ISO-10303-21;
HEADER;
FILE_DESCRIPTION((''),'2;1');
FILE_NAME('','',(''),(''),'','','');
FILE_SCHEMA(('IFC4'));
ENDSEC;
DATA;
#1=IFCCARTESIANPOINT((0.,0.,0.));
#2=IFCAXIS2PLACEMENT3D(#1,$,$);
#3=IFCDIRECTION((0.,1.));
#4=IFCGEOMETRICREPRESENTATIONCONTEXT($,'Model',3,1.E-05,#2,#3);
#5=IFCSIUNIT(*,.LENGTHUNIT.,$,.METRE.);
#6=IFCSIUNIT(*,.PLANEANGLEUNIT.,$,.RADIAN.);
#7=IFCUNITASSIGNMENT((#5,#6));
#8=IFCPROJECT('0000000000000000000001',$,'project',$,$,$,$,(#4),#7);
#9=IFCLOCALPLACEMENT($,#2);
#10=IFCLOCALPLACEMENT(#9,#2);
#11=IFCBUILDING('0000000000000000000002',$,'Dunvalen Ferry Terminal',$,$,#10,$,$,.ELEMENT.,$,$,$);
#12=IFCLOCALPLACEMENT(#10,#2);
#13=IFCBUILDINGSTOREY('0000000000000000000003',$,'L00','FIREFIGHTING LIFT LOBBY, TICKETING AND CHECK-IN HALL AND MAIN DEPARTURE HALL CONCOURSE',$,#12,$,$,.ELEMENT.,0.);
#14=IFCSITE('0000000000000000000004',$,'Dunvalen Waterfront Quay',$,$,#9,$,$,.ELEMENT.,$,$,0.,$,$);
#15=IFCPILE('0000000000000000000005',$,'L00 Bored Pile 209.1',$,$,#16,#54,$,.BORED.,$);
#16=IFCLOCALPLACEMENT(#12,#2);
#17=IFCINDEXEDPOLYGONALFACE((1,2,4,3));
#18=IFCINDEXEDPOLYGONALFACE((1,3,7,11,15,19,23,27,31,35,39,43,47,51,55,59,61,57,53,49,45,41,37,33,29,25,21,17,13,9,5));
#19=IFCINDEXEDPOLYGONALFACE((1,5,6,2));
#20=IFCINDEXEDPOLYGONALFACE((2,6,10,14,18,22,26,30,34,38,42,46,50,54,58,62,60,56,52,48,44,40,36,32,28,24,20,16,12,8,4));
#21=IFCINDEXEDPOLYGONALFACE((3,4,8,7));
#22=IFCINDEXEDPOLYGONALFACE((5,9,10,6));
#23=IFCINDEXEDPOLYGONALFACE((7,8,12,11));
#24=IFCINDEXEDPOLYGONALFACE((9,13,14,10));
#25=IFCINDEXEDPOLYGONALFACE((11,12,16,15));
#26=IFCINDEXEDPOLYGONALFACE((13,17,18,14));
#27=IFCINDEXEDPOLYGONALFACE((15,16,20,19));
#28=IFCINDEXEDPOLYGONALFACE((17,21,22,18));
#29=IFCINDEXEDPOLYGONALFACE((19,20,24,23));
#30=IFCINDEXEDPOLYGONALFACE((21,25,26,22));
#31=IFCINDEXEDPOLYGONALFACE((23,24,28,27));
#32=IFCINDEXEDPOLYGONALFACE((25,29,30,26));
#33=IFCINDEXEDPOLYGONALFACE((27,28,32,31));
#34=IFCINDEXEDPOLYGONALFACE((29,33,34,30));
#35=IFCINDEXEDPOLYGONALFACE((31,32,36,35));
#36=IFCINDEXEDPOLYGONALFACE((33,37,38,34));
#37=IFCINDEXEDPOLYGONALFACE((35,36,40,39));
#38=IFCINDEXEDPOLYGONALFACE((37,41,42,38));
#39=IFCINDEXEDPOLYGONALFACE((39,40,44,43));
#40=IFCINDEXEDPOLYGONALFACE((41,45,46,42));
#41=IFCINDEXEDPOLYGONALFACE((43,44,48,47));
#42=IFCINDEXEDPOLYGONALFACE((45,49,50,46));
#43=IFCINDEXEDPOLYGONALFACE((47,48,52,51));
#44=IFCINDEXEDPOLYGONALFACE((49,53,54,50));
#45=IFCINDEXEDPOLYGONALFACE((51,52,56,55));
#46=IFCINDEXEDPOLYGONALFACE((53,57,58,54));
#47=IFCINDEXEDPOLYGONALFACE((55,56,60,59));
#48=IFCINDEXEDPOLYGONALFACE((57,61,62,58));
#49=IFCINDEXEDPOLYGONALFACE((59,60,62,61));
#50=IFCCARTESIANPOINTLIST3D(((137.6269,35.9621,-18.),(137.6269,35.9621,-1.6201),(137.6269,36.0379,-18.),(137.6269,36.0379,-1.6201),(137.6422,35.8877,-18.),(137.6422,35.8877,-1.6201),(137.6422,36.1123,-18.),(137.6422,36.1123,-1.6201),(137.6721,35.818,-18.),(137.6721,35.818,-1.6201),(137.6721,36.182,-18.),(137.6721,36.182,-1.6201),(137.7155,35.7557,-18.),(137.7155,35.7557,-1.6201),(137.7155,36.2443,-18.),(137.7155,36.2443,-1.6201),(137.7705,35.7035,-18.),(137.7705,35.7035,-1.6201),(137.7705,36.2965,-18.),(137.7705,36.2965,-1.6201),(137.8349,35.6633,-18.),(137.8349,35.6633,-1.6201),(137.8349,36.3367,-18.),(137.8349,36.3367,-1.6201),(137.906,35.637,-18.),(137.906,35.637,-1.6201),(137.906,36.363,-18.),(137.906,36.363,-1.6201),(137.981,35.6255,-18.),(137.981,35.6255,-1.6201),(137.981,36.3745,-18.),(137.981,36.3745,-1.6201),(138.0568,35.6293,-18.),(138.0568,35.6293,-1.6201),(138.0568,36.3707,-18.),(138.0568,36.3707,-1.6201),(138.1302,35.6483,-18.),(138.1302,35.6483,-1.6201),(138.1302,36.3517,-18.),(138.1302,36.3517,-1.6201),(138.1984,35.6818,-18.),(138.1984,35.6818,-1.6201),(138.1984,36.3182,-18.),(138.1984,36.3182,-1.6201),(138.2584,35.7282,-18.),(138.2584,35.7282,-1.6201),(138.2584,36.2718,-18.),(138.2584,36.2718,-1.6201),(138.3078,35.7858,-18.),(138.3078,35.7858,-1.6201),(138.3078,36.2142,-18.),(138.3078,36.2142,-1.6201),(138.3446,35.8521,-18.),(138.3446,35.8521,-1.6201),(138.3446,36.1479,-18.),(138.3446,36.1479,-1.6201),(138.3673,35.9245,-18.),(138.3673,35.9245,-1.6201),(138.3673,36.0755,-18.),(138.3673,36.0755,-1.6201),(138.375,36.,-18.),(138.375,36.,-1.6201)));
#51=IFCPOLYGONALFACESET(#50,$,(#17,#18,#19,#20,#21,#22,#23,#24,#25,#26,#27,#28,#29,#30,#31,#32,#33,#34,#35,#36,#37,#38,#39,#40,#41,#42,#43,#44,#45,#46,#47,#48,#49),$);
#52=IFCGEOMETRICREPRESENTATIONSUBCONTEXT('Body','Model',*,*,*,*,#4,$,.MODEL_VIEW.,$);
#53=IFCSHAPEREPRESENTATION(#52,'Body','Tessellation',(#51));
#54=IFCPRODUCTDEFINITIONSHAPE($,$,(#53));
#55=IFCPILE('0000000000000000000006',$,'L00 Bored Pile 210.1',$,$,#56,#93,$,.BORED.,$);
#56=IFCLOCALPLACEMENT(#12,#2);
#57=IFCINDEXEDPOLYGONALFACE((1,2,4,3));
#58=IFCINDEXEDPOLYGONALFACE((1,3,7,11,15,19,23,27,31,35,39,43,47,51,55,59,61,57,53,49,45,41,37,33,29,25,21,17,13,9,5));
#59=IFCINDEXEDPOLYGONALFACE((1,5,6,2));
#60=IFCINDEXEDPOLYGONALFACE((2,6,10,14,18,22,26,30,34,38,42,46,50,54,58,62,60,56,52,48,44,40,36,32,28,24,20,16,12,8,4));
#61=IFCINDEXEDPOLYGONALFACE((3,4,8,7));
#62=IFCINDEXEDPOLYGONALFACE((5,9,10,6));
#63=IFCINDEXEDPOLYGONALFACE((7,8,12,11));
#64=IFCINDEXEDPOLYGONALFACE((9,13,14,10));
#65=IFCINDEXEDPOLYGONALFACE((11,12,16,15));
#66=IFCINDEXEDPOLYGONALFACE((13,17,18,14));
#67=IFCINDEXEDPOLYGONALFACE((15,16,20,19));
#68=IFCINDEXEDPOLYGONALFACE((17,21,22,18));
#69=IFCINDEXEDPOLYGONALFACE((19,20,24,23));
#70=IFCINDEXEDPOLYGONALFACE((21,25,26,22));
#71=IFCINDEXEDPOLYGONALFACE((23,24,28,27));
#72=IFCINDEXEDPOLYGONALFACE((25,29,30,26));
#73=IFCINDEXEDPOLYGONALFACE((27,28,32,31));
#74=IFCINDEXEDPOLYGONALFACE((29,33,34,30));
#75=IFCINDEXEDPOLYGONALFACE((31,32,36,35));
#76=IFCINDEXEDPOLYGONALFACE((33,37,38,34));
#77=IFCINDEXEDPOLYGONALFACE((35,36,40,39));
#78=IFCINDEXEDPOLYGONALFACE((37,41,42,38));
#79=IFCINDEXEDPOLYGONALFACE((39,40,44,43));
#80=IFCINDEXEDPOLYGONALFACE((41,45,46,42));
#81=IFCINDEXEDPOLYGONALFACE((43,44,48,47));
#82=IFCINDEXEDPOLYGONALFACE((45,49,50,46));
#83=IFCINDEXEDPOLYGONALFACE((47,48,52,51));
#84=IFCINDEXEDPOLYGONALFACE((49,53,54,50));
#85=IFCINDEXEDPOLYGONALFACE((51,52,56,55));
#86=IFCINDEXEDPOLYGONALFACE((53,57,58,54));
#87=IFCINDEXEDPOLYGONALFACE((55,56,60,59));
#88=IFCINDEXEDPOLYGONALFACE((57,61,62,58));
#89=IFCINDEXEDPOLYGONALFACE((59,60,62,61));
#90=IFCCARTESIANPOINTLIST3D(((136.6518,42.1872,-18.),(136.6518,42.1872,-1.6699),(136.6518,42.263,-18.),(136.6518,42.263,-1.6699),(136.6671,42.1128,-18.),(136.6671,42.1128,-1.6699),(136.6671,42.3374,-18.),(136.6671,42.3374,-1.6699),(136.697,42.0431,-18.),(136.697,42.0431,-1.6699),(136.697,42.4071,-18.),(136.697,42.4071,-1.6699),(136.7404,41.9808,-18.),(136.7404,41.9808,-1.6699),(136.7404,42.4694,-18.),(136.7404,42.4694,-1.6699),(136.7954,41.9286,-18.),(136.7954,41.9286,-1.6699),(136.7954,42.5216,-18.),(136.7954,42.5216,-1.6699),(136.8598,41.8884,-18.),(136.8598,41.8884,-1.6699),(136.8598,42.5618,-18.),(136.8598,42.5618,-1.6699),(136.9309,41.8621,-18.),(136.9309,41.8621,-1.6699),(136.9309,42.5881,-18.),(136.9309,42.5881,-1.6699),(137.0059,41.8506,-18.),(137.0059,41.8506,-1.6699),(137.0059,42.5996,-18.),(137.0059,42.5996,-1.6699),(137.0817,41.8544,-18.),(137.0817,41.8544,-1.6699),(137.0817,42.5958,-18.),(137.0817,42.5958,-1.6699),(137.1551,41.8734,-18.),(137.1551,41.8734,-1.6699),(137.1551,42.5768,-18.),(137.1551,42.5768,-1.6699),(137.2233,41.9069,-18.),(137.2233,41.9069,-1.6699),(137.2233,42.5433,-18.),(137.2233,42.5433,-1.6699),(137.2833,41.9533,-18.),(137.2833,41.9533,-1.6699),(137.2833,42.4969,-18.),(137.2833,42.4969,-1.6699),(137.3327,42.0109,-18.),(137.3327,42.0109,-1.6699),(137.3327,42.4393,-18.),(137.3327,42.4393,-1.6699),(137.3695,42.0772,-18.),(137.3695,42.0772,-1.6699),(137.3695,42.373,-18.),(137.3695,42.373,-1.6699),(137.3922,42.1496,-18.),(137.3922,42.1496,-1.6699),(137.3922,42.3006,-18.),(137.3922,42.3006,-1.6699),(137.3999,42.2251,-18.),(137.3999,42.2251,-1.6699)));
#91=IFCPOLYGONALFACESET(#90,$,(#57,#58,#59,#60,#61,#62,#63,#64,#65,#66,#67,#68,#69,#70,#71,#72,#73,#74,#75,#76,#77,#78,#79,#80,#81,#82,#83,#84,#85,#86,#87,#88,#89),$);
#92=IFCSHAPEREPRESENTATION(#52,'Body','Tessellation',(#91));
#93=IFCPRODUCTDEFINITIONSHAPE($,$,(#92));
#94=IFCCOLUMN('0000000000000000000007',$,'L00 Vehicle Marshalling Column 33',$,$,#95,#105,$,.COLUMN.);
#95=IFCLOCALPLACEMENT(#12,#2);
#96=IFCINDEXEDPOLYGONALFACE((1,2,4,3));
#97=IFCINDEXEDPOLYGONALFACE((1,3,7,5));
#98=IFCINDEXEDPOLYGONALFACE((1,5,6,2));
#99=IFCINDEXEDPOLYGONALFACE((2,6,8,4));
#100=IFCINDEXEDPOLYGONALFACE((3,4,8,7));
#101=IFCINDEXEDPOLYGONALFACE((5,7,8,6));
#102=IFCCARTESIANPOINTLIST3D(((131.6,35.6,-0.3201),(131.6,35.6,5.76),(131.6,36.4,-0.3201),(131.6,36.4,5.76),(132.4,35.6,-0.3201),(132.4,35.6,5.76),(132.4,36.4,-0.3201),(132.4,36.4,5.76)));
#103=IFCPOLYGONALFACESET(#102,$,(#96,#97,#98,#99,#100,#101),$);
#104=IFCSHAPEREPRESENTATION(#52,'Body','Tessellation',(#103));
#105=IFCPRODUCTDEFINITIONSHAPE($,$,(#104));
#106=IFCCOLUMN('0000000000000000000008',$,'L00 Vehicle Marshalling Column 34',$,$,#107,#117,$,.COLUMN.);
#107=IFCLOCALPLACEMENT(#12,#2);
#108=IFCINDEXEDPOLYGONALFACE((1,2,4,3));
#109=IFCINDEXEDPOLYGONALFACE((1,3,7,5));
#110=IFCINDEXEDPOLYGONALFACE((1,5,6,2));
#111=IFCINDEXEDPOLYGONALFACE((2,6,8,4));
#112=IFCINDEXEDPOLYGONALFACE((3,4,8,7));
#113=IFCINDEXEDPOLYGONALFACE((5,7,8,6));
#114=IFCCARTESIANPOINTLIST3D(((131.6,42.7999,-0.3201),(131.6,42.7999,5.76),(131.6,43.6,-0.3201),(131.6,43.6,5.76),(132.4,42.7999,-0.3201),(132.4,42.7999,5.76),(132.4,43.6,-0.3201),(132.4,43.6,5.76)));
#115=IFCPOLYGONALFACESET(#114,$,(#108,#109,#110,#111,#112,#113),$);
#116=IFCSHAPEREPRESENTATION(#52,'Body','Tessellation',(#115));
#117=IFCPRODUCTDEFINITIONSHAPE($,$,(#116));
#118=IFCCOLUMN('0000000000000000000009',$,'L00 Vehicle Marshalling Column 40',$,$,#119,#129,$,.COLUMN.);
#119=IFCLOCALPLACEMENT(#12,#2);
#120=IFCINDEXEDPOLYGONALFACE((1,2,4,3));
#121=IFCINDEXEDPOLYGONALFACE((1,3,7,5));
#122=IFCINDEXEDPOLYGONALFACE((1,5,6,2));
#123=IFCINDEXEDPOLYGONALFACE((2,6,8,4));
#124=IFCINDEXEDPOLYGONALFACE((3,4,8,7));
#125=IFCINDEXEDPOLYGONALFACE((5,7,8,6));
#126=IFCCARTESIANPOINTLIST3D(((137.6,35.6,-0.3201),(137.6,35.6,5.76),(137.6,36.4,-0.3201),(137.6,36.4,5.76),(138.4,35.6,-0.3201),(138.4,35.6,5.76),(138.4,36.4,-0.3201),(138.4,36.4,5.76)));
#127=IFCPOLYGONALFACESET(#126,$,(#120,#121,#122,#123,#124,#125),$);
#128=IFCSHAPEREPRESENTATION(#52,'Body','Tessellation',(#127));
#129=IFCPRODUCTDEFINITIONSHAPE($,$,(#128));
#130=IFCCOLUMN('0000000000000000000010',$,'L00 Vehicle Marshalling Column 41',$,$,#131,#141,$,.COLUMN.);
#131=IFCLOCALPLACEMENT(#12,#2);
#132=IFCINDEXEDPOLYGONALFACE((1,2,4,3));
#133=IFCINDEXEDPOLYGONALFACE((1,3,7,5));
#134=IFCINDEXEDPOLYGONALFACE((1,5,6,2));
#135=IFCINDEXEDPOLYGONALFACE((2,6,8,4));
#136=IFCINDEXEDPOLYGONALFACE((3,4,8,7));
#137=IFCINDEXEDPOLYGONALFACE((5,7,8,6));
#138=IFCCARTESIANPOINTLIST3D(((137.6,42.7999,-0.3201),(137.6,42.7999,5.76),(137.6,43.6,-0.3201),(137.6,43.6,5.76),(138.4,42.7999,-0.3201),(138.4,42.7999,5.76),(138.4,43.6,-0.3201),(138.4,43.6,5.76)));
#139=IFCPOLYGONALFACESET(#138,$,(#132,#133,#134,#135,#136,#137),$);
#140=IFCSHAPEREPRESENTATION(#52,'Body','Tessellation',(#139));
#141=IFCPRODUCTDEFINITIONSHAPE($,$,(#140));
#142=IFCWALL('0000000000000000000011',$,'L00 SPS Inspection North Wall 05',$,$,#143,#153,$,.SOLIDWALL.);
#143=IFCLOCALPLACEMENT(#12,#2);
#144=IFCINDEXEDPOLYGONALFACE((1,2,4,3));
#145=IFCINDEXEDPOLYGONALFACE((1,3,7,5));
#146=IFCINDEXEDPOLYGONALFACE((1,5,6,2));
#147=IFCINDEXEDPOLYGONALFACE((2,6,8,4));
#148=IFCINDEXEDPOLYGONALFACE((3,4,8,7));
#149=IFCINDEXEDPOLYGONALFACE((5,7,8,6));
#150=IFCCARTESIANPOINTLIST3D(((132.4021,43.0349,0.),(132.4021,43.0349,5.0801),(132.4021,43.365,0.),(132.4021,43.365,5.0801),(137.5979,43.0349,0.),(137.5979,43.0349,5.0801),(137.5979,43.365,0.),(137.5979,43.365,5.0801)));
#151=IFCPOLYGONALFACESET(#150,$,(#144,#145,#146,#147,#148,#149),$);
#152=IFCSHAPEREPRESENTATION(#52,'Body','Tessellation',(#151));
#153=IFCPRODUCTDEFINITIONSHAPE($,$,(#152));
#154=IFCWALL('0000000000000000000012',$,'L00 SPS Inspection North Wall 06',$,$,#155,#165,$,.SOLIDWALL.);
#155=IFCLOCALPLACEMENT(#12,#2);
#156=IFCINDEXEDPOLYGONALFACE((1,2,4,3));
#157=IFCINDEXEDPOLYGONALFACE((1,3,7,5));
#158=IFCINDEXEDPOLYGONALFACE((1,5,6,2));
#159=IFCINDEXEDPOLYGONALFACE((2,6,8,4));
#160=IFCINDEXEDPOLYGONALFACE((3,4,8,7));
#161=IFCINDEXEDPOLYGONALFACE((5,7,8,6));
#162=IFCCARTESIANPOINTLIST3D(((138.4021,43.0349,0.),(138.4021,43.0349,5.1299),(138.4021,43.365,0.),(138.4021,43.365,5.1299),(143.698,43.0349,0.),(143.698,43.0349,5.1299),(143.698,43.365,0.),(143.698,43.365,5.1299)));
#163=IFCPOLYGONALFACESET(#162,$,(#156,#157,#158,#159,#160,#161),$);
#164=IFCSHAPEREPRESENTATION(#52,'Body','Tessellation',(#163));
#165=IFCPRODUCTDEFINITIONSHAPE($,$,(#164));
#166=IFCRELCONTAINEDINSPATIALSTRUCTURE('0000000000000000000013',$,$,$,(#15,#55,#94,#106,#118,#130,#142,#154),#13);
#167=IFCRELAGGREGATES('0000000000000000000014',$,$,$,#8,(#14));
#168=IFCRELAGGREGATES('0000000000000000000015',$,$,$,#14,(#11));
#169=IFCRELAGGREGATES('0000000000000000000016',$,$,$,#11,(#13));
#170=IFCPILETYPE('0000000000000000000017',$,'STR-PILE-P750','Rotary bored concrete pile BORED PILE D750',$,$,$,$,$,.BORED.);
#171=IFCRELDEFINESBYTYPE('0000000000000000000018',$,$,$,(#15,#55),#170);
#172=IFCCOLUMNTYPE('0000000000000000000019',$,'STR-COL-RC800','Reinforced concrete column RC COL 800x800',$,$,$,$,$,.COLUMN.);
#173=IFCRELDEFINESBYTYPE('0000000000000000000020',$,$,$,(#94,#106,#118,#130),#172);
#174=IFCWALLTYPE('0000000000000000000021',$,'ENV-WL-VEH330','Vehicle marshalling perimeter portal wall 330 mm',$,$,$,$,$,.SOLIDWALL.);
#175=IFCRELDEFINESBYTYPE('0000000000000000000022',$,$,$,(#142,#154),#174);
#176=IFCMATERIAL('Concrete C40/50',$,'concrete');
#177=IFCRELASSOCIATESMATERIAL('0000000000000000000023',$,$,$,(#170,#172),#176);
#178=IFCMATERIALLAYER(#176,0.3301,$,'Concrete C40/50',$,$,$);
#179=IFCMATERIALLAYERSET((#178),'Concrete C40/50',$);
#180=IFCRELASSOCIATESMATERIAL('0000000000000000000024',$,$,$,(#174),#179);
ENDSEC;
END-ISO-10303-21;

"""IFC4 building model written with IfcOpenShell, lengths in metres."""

from ifc_helpers import new_model, si_unit, direction, frame, frame_2d, origin, origin_2d, place, context, subcontext, project, spatial, rectangle, circle, extrude, material, layer, layer_set, material_profile, profile_set, type_object, element, save


model = new_model("IFC4")

# Units and contexts
model_context = context("Model", 3, precision=1e-05, world=origin(), true_north=direction((0.0, 1.0)))
body_context = subcontext(model_context, "Body", "Model", "MODEL_VIEW")
ifc_project = project(units=[si_unit("LENGTHUNIT", "METRE"), si_unit("PLANEANGLEUNIT", "RADIAN")], contexts=[model_context])

# Site, building, storey
site_placement = place(None, origin())
site = spatial("IfcSite", under=ifc_project, at=site_placement, Name="Dunvalen Waterfront Quay", CompositionType="ELEMENT", RefElevation=0.0)
building_placement = place(site_placement, origin())
building = spatial("IfcBuilding", under=site, at=building_placement, Name="Dunvalen Ferry Terminal", CompositionType="ELEMENT")
storey_placement = place(building_placement, origin())
storey = spatial("IfcBuildingStorey", under=building, at=storey_placement, Name="L00", Description="FIREFIGHTING LIFT LOBBY, TICKETING AND CHECK-IN HALL AND MAIN DEPARTURE HALL CONCOURSE", CompositionType="ELEMENT", Elevation=0.0)

# Shared definitions
ifc_material = material(Name="Concrete C40/50", Category="concrete")

# Piles
ifc_material_profile_1 = material_profile(ifc_material, circle(Radius=0.375, at=origin_2d()), Name="Concrete C40/50")
ifc_profile_set_1 = profile_set([ifc_material_profile_1], Name="Concrete C40/50")
pile_type = type_object("IfcPileType", Name="STR-PILE-P750", Description="Rotary bored concrete pile BORED PILE D750", PredefinedType="BORED", material=ifc_profile_set_1)
pile_1_placement = place(storey_placement, frame((138.0, 36.0, -1.6201), z_axis=(0.0, 0.0, -1.0), x_axis=(1.0, 0.0, 0.0)))
element("IfcPile", 1, at=pile_1_placement, inside=storey, type_object=pile_type, Name="L00 Bored Pile 209.1", PredefinedType="BORED", context=body_context, shape_type="SweptSolid", body=[
    extrude(circle(Radius=0.375, at=origin_2d()), origin(), (0.0, 0.0, 1.0), 16.3799),
])
pile_2_placement = place(storey_placement, frame((137.0249, 42.2251, -1.6699), z_axis=(0.0, 0.0, -1.0), x_axis=(1.0, 0.0, 0.0)))
element("IfcPile", 2, at=pile_2_placement, inside=storey, type_object=pile_type, Name="L00 Bored Pile 210.1", PredefinedType="BORED", context=body_context, shape_type="SweptSolid", body=[
    extrude(circle(Radius=0.375, at=origin_2d()), origin(), (0.0, 0.0, 1.0), 16.3301),
])

# Columns
ifc_material_profile_2 = material_profile(ifc_material, rectangle(XDim=0.8, YDim=0.8, at=origin_2d()), Name="Concrete C40/50")
ifc_profile_set_2 = profile_set([ifc_material_profile_2], Name="Concrete C40/50")
column_type = type_object("IfcColumnType", Name="STR-COL-RC800", Description="Reinforced concrete column RC COL 800x800", PredefinedType="COLUMN", material=ifc_profile_set_2)
for number, where, z_axis, x_axis, name in (
    (3, (132.0, 36.0, -0.3201), (0.0, 0.0, 1.0), (1.0, 0.0, 0.0), "L00 Vehicle Marshalling Column 33"),
    (4, (132.0, 43.2, -0.3201), (0.0, 0.0, 1.0), (1.0, 0.0, 0.0), "L00 Vehicle Marshalling Column 34"),
    (5, (138.0, 36.0, -0.3201), (0.0, 0.0, 1.0), (1.0, 0.0, 0.0), "L00 Vehicle Marshalling Column 40"),
    (6, (138.0, 43.2, -0.3201), (0.0, 0.0, 1.0), (1.0, 0.0, 0.0), "L00 Vehicle Marshalling Column 41"),
):
    element("IfcColumn", number, at=place(storey_placement, frame(where, z_axis=z_axis, x_axis=x_axis)), inside=storey, type_object=column_type, Name=name, PredefinedType="COLUMN", context=body_context, shape_type="SweptSolid", body=[
        extrude(rectangle(XDim=0.8, YDim=0.8, at=origin_2d()), origin(), (0.0, 0.0, 1.0), 6.0801),
    ])

# Walls
ifc_layer = layer(ifc_material, 0.3301, Name="Concrete C40/50")
ifc_layer_set = layer_set([ifc_layer], Name="Concrete C40/50")
wall_type = type_object("IfcWallType", Name="ENV-WL-VEH330", Description="Vehicle marshalling perimeter portal wall 330 mm", PredefinedType="SOLIDWALL", material=ifc_layer_set)
wall_1_placement = place(storey_placement, frame((132.4021, 43.2, 0.0), z_axis=(0.0, 0.0, 1.0), x_axis=(1.0, 0.0, 0.0)))
element("IfcWall", 7, at=wall_1_placement, inside=storey, type_object=wall_type, Name="L00 SPS Inspection North Wall 05", PredefinedType="SOLIDWALL", context=body_context, shape_type="SweptSolid", body=[
    extrude(rectangle(XDim=5.1958, YDim=0.3301, at=frame_2d((2.5979, 0.0))), origin(), (0.0, 0.0, 1.0), 5.0801),
])
wall_2_placement = place(storey_placement, frame((138.4021, 43.2, 0.0), z_axis=(0.0, 0.0, 1.0), x_axis=(1.0, 0.0, 0.0)))
element("IfcWall", 8, at=wall_2_placement, inside=storey, type_object=wall_type, Name="L00 SPS Inspection North Wall 06", PredefinedType="SOLIDWALL", context=body_context, shape_type="SweptSolid", body=[
    extrude(rectangle(XDim=5.2959, YDim=0.3301, at=frame_2d((2.6479, 0.0))), origin(), (0.0, 0.0, 1.0), 5.1299),
])

save(model, "model.ifc")
